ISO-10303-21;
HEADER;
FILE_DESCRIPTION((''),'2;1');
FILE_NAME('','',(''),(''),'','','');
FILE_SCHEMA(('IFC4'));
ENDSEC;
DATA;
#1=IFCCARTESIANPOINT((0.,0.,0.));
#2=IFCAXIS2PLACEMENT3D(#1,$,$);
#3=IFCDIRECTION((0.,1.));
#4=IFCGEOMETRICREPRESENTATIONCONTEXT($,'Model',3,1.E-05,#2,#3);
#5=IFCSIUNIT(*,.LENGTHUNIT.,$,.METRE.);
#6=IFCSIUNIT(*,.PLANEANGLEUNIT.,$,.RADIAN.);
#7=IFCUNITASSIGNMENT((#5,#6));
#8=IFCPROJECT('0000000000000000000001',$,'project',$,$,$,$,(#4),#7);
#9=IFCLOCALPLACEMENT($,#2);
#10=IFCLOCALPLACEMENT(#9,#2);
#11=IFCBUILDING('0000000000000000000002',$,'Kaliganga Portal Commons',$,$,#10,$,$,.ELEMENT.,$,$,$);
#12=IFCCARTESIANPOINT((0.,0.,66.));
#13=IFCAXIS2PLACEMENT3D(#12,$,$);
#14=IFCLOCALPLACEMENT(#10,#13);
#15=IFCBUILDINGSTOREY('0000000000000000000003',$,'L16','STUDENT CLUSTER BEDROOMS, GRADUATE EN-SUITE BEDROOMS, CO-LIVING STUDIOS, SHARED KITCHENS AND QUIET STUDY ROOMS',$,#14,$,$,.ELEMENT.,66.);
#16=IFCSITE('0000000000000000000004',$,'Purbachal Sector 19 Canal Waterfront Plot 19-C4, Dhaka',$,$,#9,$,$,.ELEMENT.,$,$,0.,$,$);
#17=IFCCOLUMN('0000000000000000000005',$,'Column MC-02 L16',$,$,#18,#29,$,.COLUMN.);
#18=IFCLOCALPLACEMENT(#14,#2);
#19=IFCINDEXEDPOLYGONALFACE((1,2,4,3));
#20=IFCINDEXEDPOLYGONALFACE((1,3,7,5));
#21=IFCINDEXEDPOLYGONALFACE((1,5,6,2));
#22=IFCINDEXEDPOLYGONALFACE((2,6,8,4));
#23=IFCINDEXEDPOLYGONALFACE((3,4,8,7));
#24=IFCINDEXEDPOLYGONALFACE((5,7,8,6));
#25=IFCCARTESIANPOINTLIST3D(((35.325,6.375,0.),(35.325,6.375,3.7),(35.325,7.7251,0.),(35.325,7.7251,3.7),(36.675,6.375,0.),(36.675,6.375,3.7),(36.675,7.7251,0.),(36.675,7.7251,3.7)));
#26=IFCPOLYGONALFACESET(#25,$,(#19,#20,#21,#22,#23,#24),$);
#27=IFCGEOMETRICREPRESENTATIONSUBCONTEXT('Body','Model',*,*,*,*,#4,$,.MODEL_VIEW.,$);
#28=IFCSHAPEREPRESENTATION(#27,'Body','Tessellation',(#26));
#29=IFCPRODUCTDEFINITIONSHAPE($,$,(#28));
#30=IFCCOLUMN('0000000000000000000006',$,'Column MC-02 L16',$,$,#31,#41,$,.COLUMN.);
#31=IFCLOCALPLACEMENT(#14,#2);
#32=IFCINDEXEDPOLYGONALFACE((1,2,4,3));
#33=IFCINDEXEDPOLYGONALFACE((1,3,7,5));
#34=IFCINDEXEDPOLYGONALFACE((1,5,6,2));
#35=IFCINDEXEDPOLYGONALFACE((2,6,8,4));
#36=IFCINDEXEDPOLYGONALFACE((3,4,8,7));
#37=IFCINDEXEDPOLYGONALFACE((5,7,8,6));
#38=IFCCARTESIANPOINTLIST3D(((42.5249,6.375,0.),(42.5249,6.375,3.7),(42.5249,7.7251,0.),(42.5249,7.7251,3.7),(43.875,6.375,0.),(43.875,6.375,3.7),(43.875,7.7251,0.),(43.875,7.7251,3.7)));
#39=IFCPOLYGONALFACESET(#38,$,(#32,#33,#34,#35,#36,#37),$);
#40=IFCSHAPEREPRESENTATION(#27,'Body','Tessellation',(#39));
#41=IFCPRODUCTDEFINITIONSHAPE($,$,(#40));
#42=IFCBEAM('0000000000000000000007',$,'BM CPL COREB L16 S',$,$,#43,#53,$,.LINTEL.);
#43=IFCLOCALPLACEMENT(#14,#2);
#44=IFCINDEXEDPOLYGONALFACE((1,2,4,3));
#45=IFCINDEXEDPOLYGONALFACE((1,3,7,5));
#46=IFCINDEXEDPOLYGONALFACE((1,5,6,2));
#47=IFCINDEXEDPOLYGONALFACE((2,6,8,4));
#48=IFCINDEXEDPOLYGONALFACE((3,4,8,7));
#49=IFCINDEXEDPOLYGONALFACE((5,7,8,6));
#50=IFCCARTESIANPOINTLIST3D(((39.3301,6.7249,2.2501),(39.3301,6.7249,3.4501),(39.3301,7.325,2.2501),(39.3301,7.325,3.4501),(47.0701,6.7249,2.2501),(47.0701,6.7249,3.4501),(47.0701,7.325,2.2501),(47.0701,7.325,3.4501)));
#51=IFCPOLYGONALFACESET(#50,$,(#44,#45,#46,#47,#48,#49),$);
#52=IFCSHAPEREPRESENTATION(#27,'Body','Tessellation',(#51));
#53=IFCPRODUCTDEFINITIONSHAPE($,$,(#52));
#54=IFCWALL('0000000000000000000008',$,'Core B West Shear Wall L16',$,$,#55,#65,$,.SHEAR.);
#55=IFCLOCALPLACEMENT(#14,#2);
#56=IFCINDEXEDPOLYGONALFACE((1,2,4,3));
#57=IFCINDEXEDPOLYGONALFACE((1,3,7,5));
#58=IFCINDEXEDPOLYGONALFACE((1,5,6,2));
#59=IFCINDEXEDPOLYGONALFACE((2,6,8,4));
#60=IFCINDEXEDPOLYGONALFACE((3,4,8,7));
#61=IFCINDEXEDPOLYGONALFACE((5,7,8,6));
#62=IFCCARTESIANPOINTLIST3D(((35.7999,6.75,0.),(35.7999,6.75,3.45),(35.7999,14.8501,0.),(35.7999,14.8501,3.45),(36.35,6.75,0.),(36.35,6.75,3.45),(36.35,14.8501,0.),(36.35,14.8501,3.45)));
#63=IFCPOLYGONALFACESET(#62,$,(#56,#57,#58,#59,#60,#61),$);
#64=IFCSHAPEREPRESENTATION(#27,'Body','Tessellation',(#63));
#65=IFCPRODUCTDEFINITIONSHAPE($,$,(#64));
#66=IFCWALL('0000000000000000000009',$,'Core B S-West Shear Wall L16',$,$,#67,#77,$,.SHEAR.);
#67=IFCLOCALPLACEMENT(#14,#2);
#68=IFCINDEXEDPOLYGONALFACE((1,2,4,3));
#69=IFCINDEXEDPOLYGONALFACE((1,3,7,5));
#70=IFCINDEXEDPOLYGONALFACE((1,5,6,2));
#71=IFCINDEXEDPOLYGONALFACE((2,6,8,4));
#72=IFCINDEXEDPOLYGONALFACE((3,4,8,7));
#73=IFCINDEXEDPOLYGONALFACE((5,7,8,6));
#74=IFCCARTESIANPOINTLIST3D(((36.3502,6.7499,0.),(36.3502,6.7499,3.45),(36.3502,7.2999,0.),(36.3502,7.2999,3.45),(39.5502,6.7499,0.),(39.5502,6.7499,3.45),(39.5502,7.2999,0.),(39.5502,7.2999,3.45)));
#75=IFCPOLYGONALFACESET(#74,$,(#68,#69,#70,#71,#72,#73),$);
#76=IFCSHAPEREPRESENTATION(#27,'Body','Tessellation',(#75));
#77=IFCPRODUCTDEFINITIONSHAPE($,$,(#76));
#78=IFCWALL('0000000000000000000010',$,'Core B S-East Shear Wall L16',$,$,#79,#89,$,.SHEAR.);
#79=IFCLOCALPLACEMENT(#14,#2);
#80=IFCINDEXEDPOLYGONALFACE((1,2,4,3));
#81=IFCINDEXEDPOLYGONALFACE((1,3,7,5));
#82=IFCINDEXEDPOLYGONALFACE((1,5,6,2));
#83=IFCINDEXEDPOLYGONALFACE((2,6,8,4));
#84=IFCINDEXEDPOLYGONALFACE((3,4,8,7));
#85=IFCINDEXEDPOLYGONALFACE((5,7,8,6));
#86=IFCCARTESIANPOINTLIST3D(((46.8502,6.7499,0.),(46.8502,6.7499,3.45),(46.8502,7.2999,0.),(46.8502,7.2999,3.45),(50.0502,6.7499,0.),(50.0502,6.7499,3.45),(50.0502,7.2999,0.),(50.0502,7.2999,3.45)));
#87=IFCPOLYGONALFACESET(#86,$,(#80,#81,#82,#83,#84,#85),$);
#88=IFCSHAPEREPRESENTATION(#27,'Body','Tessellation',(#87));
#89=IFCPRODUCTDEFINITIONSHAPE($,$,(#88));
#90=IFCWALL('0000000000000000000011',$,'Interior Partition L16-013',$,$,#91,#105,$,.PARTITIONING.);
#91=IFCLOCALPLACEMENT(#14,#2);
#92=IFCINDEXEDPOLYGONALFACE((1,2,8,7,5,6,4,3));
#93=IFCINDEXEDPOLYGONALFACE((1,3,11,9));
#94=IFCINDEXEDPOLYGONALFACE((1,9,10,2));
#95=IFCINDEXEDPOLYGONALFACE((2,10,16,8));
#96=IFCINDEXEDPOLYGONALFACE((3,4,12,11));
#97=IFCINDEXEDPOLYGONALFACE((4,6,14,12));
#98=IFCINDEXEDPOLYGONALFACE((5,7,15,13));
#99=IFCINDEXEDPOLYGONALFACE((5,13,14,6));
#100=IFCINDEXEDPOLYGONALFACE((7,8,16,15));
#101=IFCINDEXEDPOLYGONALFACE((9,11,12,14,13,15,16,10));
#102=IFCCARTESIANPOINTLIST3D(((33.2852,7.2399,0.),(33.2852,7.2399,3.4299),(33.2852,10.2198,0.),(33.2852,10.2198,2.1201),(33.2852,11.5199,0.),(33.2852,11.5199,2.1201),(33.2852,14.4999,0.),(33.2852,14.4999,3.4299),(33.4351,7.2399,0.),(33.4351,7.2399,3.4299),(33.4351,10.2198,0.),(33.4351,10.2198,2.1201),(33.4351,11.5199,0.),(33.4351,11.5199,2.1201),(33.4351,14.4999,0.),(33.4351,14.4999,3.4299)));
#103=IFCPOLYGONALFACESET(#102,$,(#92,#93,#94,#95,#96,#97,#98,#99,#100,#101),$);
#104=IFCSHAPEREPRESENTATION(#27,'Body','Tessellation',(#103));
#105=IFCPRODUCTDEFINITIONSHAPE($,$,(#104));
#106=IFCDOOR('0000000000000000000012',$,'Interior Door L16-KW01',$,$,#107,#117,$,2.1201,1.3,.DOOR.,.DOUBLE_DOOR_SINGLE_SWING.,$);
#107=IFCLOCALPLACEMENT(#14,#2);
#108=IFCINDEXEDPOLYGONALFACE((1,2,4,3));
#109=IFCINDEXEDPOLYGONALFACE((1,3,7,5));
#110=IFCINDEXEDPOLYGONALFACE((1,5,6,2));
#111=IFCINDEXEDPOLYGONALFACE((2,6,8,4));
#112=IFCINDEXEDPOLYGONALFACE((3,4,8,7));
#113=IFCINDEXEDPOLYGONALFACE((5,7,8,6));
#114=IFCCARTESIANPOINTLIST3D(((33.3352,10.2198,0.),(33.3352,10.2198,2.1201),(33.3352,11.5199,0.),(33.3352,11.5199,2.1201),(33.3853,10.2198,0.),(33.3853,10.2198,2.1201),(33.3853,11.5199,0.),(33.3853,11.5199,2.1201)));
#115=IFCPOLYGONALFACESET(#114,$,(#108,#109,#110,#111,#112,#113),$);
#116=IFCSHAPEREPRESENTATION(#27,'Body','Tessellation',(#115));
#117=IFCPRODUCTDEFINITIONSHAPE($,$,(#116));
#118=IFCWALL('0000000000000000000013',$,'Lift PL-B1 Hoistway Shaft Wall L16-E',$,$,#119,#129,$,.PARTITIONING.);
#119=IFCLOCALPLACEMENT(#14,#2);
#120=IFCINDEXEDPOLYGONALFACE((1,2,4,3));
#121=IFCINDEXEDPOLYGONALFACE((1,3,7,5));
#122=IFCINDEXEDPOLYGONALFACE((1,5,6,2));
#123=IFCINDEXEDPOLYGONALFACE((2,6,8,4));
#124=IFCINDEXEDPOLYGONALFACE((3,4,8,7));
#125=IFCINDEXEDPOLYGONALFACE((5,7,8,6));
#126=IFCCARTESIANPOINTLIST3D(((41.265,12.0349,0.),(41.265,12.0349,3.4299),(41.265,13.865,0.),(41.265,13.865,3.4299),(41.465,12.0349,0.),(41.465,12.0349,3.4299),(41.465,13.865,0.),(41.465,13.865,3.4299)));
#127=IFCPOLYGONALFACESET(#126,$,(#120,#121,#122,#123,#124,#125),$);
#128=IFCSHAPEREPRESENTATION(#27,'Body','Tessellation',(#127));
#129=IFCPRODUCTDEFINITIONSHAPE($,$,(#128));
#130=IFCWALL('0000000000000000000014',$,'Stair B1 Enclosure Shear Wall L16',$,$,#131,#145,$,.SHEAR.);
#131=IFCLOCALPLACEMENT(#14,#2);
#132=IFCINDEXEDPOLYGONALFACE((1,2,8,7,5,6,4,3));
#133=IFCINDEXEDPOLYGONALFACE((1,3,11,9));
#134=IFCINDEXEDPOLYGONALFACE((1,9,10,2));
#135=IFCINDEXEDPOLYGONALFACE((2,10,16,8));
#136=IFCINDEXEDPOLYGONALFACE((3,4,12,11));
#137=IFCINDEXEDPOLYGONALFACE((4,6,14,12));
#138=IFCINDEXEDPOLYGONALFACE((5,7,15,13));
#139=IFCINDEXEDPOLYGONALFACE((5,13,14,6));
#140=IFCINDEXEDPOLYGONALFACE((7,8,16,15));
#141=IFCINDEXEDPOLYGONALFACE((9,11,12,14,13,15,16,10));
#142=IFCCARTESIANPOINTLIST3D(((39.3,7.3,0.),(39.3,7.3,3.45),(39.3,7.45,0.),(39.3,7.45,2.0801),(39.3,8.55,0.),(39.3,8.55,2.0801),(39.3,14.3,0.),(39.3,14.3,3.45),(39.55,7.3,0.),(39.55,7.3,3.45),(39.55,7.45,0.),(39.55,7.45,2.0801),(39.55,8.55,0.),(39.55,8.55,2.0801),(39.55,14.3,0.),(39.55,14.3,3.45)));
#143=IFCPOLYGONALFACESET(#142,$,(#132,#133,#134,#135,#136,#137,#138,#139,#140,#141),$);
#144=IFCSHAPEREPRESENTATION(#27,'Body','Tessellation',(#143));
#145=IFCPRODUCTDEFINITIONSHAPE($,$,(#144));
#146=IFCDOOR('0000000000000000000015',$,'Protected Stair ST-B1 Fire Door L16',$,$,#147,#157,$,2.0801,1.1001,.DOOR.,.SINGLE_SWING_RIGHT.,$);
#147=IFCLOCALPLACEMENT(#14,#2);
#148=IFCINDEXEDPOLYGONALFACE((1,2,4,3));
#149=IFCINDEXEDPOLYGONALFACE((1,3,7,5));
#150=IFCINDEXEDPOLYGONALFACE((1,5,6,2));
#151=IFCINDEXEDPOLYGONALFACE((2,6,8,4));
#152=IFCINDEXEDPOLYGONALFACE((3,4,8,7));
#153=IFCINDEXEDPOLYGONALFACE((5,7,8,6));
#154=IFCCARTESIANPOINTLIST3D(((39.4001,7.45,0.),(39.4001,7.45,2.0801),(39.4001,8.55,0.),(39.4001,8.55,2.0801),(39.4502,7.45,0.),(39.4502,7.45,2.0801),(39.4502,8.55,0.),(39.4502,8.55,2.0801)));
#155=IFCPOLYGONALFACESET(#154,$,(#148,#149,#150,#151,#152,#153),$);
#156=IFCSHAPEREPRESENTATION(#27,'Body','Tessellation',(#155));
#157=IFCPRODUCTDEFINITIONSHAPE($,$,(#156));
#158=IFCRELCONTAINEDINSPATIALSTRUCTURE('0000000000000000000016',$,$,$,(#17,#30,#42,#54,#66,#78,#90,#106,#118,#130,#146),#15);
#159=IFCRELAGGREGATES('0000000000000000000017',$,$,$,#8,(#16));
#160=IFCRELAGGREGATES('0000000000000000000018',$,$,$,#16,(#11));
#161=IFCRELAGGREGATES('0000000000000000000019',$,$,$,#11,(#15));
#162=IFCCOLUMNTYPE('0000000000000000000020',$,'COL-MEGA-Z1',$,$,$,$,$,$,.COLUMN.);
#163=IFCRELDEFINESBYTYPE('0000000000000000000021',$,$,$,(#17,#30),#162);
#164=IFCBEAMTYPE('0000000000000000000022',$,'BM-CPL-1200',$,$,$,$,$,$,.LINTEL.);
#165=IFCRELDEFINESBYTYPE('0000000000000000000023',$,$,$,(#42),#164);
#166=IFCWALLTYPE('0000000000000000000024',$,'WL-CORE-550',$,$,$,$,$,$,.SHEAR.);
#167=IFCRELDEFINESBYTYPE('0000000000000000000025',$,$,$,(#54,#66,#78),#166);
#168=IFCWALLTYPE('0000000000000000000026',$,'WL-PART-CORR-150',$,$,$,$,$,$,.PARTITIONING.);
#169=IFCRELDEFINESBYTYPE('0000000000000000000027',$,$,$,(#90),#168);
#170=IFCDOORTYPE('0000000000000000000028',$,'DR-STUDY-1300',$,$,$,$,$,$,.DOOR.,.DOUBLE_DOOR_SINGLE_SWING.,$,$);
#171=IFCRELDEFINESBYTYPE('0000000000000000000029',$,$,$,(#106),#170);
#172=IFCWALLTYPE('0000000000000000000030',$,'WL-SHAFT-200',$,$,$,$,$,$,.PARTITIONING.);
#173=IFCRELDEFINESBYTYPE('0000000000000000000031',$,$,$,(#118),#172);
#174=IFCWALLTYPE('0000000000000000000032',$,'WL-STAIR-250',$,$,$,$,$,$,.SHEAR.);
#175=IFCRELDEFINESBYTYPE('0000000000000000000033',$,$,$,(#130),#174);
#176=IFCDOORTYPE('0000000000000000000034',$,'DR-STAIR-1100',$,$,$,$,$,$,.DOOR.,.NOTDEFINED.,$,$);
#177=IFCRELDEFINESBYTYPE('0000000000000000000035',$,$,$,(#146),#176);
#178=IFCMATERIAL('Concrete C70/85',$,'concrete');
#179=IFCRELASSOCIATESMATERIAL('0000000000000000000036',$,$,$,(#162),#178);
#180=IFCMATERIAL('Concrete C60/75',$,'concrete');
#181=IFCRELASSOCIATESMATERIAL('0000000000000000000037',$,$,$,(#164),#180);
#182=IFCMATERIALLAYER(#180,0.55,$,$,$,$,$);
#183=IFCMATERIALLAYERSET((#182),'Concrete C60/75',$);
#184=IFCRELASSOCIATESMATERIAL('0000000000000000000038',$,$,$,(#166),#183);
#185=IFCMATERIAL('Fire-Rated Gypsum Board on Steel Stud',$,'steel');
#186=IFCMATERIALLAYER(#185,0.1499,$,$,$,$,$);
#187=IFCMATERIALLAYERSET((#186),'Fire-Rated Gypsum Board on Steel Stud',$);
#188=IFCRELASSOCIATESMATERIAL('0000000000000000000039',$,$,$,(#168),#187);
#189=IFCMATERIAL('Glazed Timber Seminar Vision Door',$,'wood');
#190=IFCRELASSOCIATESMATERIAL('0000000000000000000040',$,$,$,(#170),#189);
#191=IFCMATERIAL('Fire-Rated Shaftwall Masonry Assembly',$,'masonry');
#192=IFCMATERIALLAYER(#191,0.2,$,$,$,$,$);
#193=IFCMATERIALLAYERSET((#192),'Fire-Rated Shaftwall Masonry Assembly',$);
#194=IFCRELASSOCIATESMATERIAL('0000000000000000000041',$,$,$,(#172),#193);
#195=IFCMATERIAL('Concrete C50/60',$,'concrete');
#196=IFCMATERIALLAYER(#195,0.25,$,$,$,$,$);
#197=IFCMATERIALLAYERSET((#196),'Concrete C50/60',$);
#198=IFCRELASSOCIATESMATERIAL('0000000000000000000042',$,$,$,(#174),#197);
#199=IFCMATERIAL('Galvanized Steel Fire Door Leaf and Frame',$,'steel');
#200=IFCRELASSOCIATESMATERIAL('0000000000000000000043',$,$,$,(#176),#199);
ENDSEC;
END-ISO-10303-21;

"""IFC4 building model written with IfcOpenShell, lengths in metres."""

from ifc_helpers import new_model, si_unit, direction, frame, frame_2d, origin, origin_2d, place, context, subcontext, project, spatial, rectangle, extrude, source, transform, mapped, material, layer, layer_set, material_profile, profile_set, type_object, element, fill, save


model = new_model("IFC4")

# Units and contexts
model_context = context("Model", 3, precision=1e-05, world=origin(), true_north=direction((0.0, 1.0)))
body_context = subcontext(model_context, "Body", "Model", "MODEL_VIEW")
ifc_project = project(units=[si_unit("LENGTHUNIT", "METRE"), si_unit("PLANEANGLEUNIT", "RADIAN")], contexts=[model_context])

# Site, building, storey
site_placement = place(None, origin())
site = spatial("IfcSite", under=ifc_project, at=site_placement, Name="Purbachal Sector 19 Canal Waterfront Plot 19-C4, Dhaka", CompositionType="ELEMENT", RefElevation=0.0)
building_placement = place(site_placement, origin())
building = spatial("IfcBuilding", under=site, at=building_placement, Name="Kaliganga Portal Commons", CompositionType="ELEMENT")
storey_placement = place(building_placement, frame((0.0, 0.0, 66.0)))
storey = spatial("IfcBuildingStorey", under=building, at=storey_placement, Name="L16", Description="STUDENT CLUSTER BEDROOMS, GRADUATE EN-SUITE BEDROOMS, CO-LIVING STUDIOS, SHARED KITCHENS AND QUIET STUDY ROOMS", CompositionType="ELEMENT", Elevation=66.0)

# Columns
ifc_material_1 = material(Name="Concrete C70/85", Category="concrete")
ifc_material_profile_1 = material_profile(ifc_material_1, rectangle(XDim=1.3501, YDim=1.3501, at=origin_2d()), Name="RC 1350x1350")
ifc_profile_set_1 = profile_set([ifc_material_profile_1], Name="Concrete C70/85")
column_type = type_object("IfcColumnType", Name="COL-MEGA-Z1", PredefinedType="COLUMN", material=ifc_profile_set_1)
shared_shape_1 = source(origin(), body_context, "Body", "SweptSolid", [
    extrude(rectangle(XDim=1.3501, YDim=1.3501, at=origin_2d()), origin(), (0.0, 0.0, 1.0), 3.7),
])
for number, where, z_axis, x_axis, name in (
    (1, (36.0, 7.05, 0.0), (0.0, 0.0, 1.0), (1.0, 0.0, 0.0), "Column MC-02 L16"),
    (2, (43.2, 7.05, 0.0), (0.0, 0.0, 1.0), (1.0, 0.0, 0.0), "Column MC-02 L16"),
):
    element("IfcColumn", number, at=place(storey_placement, frame(where, z_axis=z_axis, x_axis=x_axis)), inside=storey, type_object=column_type, Name=name, PredefinedType="COLUMN", context=body_context, shape_type="MappedRepresentation", body=[
        mapped(shared_shape_1, transform((0.0, 0.0, 0.0), x_axis=(1.0, 0.0, 0.0), y_axis=(0.0, 1.0, 0.0), z_axis=(0.0, 0.0, 1.0), scale=1.0)),
    ])

# Beam
ifc_material_2 = material(Name="Concrete C60/75", Category="concrete")
ifc_material_profile_2 = material_profile(ifc_material_2, rectangle(XDim=0.6001, YDim=1.2, at=origin_2d()), Name="RC 600x1200")
ifc_profile_set_2 = profile_set([ifc_material_profile_2], Name="Concrete C60/75")
beam_type = type_object("IfcBeamType", Name="BM-CPL-1200", PredefinedType="LINTEL", material=ifc_profile_set_2)
shared_shape_2 = source(origin(), body_context, "Body", "SweptSolid", [
    extrude(rectangle(XDim=0.6001, YDim=1.2, at=origin_2d()), origin(), (0.0, 0.0, 1.0), 7.74),
])
beam_placement = place(storey_placement, frame((39.3301, 7.0249, 2.8501), z_axis=(1.0, 0.0, 0.0), x_axis=(0.0, 1.0, 0.0)))
element("IfcBeam", 3, at=beam_placement, inside=storey, type_object=beam_type, Name="BM CPL COREB L16 S", PredefinedType="LINTEL", context=body_context, shape_type="MappedRepresentation", body=[
    mapped(shared_shape_2, transform((0.0, 0.0, 0.0), x_axis=(1.0, 0.0, 0.0), y_axis=(0.0, 1.0, 0.0), z_axis=(0.0, 0.0, 1.0), scale=1.0)),
])

# Walls
ifc_layer_1 = layer(ifc_material_2, 0.55)
ifc_layer_set_1 = layer_set([ifc_layer_1], Name="Concrete C60/75")
wall_type_1 = type_object("IfcWallType", Name="WL-CORE-550", PredefinedType="SHEAR", material=ifc_layer_set_1)
wall_1_placement = place(storey_placement, frame((36.075, 6.75, 0.0), z_axis=(0.0, 0.0, 1.0), x_axis=(0.0, 1.0, 0.0)))
element("IfcWall", 4, at=wall_1_placement, inside=storey, type_object=wall_type_1, Name="Core B West Shear Wall L16", PredefinedType="SHEAR", context=body_context, shape_type="SweptSolid", body=[
    extrude(rectangle(XDim=8.1001, YDim=0.55, at=frame_2d((4.05, 0.0))), origin(), (0.0, 0.0, 1.0), 3.45),
])
for number, where, z_axis, x_axis, name in (
    (5, (36.3501, 7.0249, 0.0), (0.0, 0.0, 1.0), (1.0, 0.0, 0.0), "Core B S-West Shear Wall L16"),
    (6, (46.8501, 7.0249, 0.0), (0.0, 0.0, 1.0), (1.0, 0.0, 0.0), "Core B S-East Shear Wall L16"),
):
    element("IfcWall", number, at=place(storey_placement, frame(where, z_axis=z_axis, x_axis=x_axis)), inside=storey, type_object=wall_type_1, Name=name, PredefinedType="SHEAR", context=body_context, shape_type="SweptSolid", body=[
        extrude(rectangle(XDim=3.2, YDim=0.55, at=frame_2d((1.6001, 0.0))), origin(), (0.0, 0.0, 1.0), 3.45),
    ])

# Wall, opening, door
ifc_material_3 = material(Name="Fire-Rated Gypsum Board on Steel Stud", Category="steel")
ifc_layer_2 = layer(ifc_material_3, 0.1499)
ifc_layer_set_2 = layer_set([ifc_layer_2], Name="Fire-Rated Gypsum Board on Steel Stud")
wall_type_2 = type_object("IfcWallType", Name="WL-PART-CORR-150", PredefinedType="PARTITIONING", material=ifc_layer_set_2)
wall_2_placement = place(storey_placement, frame((33.3601, 7.24, 0.0), z_axis=(0.0, 0.0, 1.0), x_axis=(0.0, 1.0, 0.0)))
wall_2 = element("IfcWall", 7, at=wall_2_placement, inside=storey, type_object=wall_type_2, Name="Interior Partition L16-013", PredefinedType="PARTITIONING", context=body_context, shape_type="SweptSolid", body=[
    extrude(rectangle(XDim=7.26, YDim=0.1499, at=frame_2d((3.6299, 0.0))), origin(), (0.0, 0.0, 1.0), 3.4299),
])
opening_1_placement = place(wall_2_placement, frame((2.98, 0.0, 0.0)))
opening_1 = element("IfcOpeningElement", 8, at=opening_1_placement, cuts=wall_2, PredefinedType="OPENING", context=body_context, shape_type="SweptSolid", body=[
    extrude(rectangle(XDim=1.3, YDim=2.1201, at=frame_2d((0.6499, 1.0601))), frame((0.0, 0.085, 0.0), z_axis=(0.0, -1.0, 0.0), x_axis=(1.0, 0.0, 0.0)), (0.0, 0.0, 1.0), 0.1699),
])
ifc_material_4 = material(Name="Glazed Timber Seminar Vision Door", Category="wood")
door_type_1 = type_object("IfcDoorType", Name="DR-STUDY-1300", OperationType="DOUBLE_DOOR_SINGLE_SWING", PredefinedType="DOOR", material=ifc_material_4)
door_1_placement = place(opening_1_placement, origin())
door_1 = element("IfcDoor", 9, at=door_1_placement, inside=storey, type_object=door_type_1, Name="Interior Door L16-KW01", OperationType="DOUBLE_DOOR_SINGLE_SWING", OverallHeight=2.1201, OverallWidth=1.3, PredefinedType="DOOR", context=body_context, shape_type="SweptSolid", body=[
    extrude(rectangle(XDim=1.3, YDim=2.1201, at=frame_2d((0.6499, 1.0601))), frame((0.0, 0.0249, 0.0), z_axis=(0.0, -1.0, 0.0), x_axis=(1.0, 0.0, 0.0)), (0.0, 0.0, 1.0), 0.05),
])
fill(opening_1, door_1)
ifc_material_5 = material(Name="Fire-Rated Shaftwall Masonry Assembly", Category="masonry")
ifc_layer_3 = layer(ifc_material_5, 0.2)
ifc_layer_set_3 = layer_set([ifc_layer_3], Name="Fire-Rated Shaftwall Masonry Assembly")
wall_type_3 = type_object("IfcWallType", Name="WL-SHAFT-200", PredefinedType="PARTITIONING", material=ifc_layer_set_3)

# Wall
wall_3_placement = place(storey_placement, frame((41.365, 12.0349, 0.0), z_axis=(0.0, 0.0, 1.0), x_axis=(0.0, 1.0, 0.0)))
element("IfcWall", 10, at=wall_3_placement, inside=storey, type_object=wall_type_3, Name="Lift PL-B1 Hoistway Shaft Wall L16-E", PredefinedType="PARTITIONING", context=body_context, shape_type="SweptSolid", body=[
    extrude(rectangle(XDim=1.8301, YDim=0.2, at=frame_2d((0.915, 0.0))), origin(), (0.0, 0.0, 1.0), 3.4299),
])

# Wall, opening, door
ifc_material_6 = material(Name="Concrete C50/60", Category="concrete")
ifc_layer_4 = layer(ifc_material_6, 0.25)
ifc_layer_set_4 = layer_set([ifc_layer_4], Name="Concrete C50/60")
wall_type_4 = type_object("IfcWallType", Name="WL-STAIR-250", PredefinedType="SHEAR", material=ifc_layer_set_4)
wall_4_placement = place(storey_placement, frame((39.425, 7.3, 0.0), z_axis=(0.0, 0.0, 1.0), x_axis=(0.0, 1.0, 0.0)))
wall_4 = element("IfcWall", 11, at=wall_4_placement, inside=storey, type_object=wall_type_4, Name="Stair B1 Enclosure Shear Wall L16", PredefinedType="SHEAR", context=body_context, shape_type="SweptSolid", body=[
    extrude(rectangle(XDim=7.0, YDim=0.25, at=frame_2d((3.5, 0.0))), origin(), (0.0, 0.0, 1.0), 3.45),
])
opening_2_placement = place(wall_4_placement, frame((0.1499, 0.0, 0.0)))
opening_2 = element("IfcOpeningElement", 12, at=opening_2_placement, cuts=wall_4, PredefinedType="OPENING", context=body_context, shape_type="SweptSolid", body=[
    extrude(rectangle(XDim=1.1001, YDim=2.0801, at=frame_2d((0.55, 1.04))), frame((0.0, 0.135, 0.0), z_axis=(0.0, -1.0, 0.0), x_axis=(1.0, 0.0, 0.0)), (0.0, 0.0, 1.0), 0.27),
])
ifc_material_7 = material(Name="Galvanized Steel Fire Door Leaf and Frame", Category="steel")
door_type_2 = type_object("IfcDoorType", Name="DR-STAIR-1100", OperationType="NOTDEFINED", PredefinedType="DOOR", material=ifc_material_7)
door_2_placement = place(opening_2_placement, origin())
door_2 = element("IfcDoor", 13, at=door_2_placement, inside=storey, type_object=door_type_2, Name="Protected Stair ST-B1 Fire Door L16", OperationType="SINGLE_SWING_RIGHT", OverallHeight=2.0801, OverallWidth=1.1001, PredefinedType="DOOR", context=body_context, shape_type="SweptSolid", body=[
    extrude(rectangle(XDim=1.1001, YDim=2.0801, at=frame_2d((0.55, 1.04))), frame((0.0, 0.0249, 0.0), z_axis=(0.0, -1.0, 0.0), x_axis=(1.0, 0.0, 0.0)), (0.0, 0.0, 1.0), 0.05),
])
fill(opening_2, door_2)

save(model, "model.ifc")
